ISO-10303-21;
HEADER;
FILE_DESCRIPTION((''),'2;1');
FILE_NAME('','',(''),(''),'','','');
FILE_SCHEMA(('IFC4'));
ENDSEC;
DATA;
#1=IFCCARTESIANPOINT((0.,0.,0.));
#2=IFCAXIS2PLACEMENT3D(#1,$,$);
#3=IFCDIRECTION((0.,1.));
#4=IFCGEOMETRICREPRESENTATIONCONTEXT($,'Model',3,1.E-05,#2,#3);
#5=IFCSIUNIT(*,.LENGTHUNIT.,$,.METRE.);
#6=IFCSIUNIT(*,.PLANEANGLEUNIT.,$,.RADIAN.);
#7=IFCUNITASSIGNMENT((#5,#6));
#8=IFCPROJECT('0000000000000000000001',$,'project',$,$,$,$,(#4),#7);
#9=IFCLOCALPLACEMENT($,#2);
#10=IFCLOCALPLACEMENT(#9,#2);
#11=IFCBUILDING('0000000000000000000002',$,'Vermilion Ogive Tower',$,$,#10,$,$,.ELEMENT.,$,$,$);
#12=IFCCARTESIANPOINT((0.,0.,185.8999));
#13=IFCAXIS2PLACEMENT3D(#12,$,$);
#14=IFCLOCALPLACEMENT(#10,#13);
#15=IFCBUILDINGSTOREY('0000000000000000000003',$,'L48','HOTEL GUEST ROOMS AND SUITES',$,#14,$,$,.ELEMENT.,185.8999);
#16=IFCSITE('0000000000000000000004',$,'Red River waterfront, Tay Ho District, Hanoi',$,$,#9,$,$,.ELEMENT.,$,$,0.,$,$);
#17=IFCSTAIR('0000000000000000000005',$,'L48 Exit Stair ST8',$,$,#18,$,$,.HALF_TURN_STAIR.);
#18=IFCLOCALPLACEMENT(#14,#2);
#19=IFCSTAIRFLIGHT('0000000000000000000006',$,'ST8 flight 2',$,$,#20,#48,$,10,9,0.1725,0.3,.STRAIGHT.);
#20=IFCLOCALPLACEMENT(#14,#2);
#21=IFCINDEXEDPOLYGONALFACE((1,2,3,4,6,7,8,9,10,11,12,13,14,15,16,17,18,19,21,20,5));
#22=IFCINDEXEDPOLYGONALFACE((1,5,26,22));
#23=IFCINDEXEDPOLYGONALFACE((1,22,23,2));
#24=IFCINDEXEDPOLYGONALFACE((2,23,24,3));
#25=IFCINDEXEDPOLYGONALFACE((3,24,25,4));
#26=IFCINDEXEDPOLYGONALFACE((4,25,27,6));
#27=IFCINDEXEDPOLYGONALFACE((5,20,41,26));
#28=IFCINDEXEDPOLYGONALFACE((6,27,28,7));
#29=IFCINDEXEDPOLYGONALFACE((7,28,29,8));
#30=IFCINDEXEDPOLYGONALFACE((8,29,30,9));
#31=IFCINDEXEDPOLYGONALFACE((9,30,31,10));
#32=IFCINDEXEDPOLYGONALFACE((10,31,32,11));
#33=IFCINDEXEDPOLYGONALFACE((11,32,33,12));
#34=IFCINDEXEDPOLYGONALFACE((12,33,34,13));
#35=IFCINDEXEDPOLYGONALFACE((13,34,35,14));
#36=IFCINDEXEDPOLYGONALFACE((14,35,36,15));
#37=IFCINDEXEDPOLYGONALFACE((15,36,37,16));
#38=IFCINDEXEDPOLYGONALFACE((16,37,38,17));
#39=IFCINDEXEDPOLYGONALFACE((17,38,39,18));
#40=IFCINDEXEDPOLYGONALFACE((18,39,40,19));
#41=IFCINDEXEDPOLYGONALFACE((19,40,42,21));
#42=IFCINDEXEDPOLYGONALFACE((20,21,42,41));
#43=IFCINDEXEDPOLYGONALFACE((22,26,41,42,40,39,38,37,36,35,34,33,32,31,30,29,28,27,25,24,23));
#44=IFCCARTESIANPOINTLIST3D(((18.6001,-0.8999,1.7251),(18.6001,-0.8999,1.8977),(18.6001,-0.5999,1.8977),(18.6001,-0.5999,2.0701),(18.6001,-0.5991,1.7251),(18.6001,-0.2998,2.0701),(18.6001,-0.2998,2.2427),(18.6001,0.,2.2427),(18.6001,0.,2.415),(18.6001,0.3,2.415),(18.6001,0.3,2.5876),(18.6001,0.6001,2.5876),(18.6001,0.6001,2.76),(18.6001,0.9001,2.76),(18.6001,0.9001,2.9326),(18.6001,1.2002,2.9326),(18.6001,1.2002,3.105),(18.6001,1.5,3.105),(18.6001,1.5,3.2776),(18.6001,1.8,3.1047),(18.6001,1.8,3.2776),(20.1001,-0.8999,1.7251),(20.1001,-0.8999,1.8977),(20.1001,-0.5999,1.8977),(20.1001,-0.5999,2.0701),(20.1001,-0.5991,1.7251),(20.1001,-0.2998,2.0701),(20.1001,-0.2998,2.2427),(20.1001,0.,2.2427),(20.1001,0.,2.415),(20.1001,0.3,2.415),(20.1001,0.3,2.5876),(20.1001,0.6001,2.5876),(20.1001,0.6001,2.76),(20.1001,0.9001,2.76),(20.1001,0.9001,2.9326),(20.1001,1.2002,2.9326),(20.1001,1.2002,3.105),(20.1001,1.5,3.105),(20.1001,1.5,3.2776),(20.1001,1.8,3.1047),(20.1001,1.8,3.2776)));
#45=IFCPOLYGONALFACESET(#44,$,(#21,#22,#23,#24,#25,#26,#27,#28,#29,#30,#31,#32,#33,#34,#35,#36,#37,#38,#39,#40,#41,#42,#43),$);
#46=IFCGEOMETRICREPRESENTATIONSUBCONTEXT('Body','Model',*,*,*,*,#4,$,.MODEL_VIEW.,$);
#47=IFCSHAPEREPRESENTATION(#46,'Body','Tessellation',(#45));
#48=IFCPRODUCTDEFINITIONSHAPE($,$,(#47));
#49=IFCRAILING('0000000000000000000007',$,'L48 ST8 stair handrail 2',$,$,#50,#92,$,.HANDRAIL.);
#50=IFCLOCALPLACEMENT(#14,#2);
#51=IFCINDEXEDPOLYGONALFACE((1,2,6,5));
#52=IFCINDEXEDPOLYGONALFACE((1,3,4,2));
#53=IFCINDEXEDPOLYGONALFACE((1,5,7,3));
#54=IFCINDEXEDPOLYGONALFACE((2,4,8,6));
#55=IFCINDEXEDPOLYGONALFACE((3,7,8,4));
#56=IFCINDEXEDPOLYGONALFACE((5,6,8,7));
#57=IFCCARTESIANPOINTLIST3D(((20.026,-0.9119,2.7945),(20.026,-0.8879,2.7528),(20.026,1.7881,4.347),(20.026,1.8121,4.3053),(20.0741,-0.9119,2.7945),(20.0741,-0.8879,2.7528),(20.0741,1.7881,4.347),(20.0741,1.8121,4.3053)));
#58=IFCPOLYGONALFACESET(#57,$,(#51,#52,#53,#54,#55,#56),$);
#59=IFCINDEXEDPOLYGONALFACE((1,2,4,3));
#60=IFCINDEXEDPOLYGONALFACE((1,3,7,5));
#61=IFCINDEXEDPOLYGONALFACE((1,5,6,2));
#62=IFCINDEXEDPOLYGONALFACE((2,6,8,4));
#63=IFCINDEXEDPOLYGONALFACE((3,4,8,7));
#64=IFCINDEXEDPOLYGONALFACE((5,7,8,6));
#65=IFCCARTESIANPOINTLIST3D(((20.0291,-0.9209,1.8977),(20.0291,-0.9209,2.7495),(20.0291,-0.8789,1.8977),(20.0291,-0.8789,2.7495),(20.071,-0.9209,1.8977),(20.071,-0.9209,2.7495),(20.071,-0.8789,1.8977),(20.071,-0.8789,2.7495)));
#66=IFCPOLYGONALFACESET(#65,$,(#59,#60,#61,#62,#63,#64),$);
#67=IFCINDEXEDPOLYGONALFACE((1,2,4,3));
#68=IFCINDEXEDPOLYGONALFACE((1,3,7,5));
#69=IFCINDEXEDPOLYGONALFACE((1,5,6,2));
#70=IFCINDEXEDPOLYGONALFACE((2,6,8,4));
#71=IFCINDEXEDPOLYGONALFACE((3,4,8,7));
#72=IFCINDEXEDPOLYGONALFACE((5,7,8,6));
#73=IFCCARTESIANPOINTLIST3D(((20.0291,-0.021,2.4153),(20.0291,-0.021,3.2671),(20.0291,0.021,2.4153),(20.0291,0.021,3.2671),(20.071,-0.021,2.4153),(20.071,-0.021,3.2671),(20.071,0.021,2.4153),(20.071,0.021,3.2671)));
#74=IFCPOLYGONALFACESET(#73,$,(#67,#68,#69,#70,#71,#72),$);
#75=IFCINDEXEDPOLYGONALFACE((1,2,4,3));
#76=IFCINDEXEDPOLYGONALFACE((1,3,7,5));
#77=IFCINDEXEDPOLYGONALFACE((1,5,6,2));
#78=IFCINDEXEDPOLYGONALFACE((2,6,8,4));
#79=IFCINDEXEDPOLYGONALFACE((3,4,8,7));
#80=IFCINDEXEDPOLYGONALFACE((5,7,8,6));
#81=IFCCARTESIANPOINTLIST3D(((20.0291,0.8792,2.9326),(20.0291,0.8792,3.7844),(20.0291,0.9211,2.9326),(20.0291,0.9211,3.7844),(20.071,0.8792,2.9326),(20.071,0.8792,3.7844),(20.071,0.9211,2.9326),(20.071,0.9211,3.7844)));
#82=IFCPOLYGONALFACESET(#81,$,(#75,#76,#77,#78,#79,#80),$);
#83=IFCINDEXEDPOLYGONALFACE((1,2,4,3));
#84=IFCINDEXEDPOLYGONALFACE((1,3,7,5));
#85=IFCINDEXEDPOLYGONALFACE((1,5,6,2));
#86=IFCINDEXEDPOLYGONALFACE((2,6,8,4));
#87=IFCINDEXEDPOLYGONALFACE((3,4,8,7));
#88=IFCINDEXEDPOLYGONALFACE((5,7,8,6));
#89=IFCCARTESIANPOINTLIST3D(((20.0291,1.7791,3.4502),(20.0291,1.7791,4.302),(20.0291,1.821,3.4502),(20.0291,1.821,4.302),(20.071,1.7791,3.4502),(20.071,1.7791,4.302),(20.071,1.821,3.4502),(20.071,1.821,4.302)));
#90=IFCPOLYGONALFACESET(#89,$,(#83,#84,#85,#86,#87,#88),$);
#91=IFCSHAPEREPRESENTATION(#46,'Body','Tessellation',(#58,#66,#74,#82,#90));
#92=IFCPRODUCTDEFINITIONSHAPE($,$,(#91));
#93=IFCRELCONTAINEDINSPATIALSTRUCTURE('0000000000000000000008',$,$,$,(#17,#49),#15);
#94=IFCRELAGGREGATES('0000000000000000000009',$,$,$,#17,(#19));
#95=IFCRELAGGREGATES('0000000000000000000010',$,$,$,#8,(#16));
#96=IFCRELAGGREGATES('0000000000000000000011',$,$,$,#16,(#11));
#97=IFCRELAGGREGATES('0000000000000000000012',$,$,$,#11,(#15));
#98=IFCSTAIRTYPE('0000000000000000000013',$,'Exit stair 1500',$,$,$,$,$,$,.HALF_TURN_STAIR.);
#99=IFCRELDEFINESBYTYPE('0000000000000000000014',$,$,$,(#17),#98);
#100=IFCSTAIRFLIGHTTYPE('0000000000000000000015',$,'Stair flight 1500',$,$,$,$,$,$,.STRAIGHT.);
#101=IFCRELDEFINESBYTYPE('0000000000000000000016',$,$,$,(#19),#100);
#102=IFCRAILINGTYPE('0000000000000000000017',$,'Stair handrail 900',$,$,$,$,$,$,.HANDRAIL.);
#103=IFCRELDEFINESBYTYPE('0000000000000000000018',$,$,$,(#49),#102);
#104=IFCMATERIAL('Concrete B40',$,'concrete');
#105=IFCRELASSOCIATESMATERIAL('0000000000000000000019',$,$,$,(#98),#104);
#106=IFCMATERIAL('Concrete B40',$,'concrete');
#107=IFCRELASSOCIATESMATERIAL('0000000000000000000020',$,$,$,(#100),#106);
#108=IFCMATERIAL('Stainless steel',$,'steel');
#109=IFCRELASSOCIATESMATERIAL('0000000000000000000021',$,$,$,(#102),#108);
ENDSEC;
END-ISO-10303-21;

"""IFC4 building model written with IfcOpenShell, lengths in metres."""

from ifc_helpers import new_model, si_unit, direction, frame, origin, origin_2d, place, context, subcontext, project, spatial, polyline, rectangle, outline, extrude, material, type_object, element, aggregate, save


model = new_model("IFC4")

# Units and contexts
model_context = context("Model", 3, precision=1e-05, world=origin(), true_north=direction((0.0, 1.0)))
body_context = subcontext(model_context, "Body", "Model", "MODEL_VIEW")
ifc_project = project(units=[si_unit("LENGTHUNIT", "METRE"), si_unit("PLANEANGLEUNIT", "RADIAN")], contexts=[model_context])

# Site, building, storey
site_placement = place(None, origin())
site = spatial("IfcSite", under=ifc_project, at=site_placement, Name="Red River waterfront, Tay Ho District, Hanoi", CompositionType="ELEMENT", RefElevation=0.0)
building_placement = place(site_placement, origin())
building = spatial("IfcBuilding", under=site, at=building_placement, Name="Vermilion Ogive Tower", CompositionType="ELEMENT")
storey_placement = place(building_placement, frame((0.0, 0.0, 185.8999)))
storey = spatial("IfcBuildingStorey", under=building, at=storey_placement, Name="L48", Description="HOTEL GUEST ROOMS AND SUITES", CompositionType="ELEMENT", Elevation=185.8999)

# Stair, stair flight
ifc_material_1 = material(Name="Concrete B40", Category="concrete")
stair_type = type_object("IfcStairType", Name="Exit stair 1500", PredefinedType="HALF_TURN_STAIR", material=ifc_material_1)
stair_placement = place(storey_placement, origin())
stair = element("IfcStair", 1, at=stair_placement, inside=storey, type_object=stair_type, Name="L48 Exit Stair ST8", PredefinedType="HALF_TURN_STAIR")
ifc_material_2 = material(Name="Concrete B40", Category="concrete")
stair_flight_type = type_object("IfcStairFlightType", Name="Stair flight 1500", PredefinedType="STRAIGHT", material=ifc_material_2)
stair_flight_placement = place(storey_placement, frame((19.3501, -0.8999, 1.7251), z_axis=(0.0, 0.0, 1.0), x_axis=(0.0, 1.0, 0.0)))
stair_flight = element("IfcStairFlight", 2, at=stair_flight_placement, type_object=stair_flight_type, Name="ST8 flight 2", NumberOfRisers=10, NumberOfTreads=9, PredefinedType="STRAIGHT", RiserHeight=0.1725, TreadLength=0.3, context=body_context, shape_type="SweptSolid", body=[
    extrude(outline(polyline([(0.0, 0.0), (0.0, 0.1726), (0.3, 0.1726), (0.3, 0.345), (0.6001, 0.345), (0.6001, 0.5176), (0.8999, 0.5176), (0.8999, 0.6899), (1.2, 0.6899), (1.2, 0.8625), (1.5, 0.8625), (1.5, 1.0349), (1.8, 1.0349), (1.8, 1.2075), (2.1001, 1.2075), (2.1001, 1.3799), (2.3999, 1.3799), (2.3999, 1.5525), (2.7, 1.5525), (2.7, 1.7251), (2.7, 1.3796), (0.3008, 0.0), (0.0, 0.0)])), frame((0.0, 0.75, 0.0), z_axis=(0.0, -1.0, 0.0), x_axis=(1.0, 0.0, 0.0)), (0.0, 0.0, 1.0), 1.5),
])
aggregate(stair, [stair_flight])

# Railing
ifc_material_3 = material(Name="Stainless steel", Category="steel")
railing_type = type_object("IfcRailingType", Name="Stair handrail 900", PredefinedType="HANDRAIL", material=ifc_material_3)
railing_placement = place(storey_placement, frame((20.05, -0.8999, 1.8977)))
element("IfcRailing", 3, at=railing_placement, inside=storey, type_object=railing_type, Name="L48 ST8 stair handrail 2", PredefinedType="HANDRAIL", context=body_context, shape_type="SweptSolid", body=[
    extrude(rectangle(XDim=0.0481, YDim=0.0481, at=origin_2d()), frame((0.0, 0.0, 0.876), z_axis=(0.0, 0.866904, 0.498476), x_axis=(-1.0, 0.0, 0.0)), (0.0, 0.0, 1.0), 3.1145),
    extrude(rectangle(XDim=0.042, YDim=0.042, at=origin_2d()), origin(), (0.0, 0.0, 1.0), 0.8518),
    extrude(rectangle(XDim=0.042, YDim=0.042, at=origin_2d()), frame((0.0, 0.8999, 0.5176)), (0.0, 0.0, 1.0), 0.8518),
    extrude(rectangle(XDim=0.042, YDim=0.042, at=origin_2d()), frame((0.0, 1.8, 1.0349)), (0.0, 0.0, 1.0), 0.8518),
    extrude(rectangle(XDim=0.042, YDim=0.042, at=origin_2d()), frame((0.0, 2.7, 1.5525)), (0.0, 0.0, 1.0), 0.8518),
])

save(model, "model.ifc")
